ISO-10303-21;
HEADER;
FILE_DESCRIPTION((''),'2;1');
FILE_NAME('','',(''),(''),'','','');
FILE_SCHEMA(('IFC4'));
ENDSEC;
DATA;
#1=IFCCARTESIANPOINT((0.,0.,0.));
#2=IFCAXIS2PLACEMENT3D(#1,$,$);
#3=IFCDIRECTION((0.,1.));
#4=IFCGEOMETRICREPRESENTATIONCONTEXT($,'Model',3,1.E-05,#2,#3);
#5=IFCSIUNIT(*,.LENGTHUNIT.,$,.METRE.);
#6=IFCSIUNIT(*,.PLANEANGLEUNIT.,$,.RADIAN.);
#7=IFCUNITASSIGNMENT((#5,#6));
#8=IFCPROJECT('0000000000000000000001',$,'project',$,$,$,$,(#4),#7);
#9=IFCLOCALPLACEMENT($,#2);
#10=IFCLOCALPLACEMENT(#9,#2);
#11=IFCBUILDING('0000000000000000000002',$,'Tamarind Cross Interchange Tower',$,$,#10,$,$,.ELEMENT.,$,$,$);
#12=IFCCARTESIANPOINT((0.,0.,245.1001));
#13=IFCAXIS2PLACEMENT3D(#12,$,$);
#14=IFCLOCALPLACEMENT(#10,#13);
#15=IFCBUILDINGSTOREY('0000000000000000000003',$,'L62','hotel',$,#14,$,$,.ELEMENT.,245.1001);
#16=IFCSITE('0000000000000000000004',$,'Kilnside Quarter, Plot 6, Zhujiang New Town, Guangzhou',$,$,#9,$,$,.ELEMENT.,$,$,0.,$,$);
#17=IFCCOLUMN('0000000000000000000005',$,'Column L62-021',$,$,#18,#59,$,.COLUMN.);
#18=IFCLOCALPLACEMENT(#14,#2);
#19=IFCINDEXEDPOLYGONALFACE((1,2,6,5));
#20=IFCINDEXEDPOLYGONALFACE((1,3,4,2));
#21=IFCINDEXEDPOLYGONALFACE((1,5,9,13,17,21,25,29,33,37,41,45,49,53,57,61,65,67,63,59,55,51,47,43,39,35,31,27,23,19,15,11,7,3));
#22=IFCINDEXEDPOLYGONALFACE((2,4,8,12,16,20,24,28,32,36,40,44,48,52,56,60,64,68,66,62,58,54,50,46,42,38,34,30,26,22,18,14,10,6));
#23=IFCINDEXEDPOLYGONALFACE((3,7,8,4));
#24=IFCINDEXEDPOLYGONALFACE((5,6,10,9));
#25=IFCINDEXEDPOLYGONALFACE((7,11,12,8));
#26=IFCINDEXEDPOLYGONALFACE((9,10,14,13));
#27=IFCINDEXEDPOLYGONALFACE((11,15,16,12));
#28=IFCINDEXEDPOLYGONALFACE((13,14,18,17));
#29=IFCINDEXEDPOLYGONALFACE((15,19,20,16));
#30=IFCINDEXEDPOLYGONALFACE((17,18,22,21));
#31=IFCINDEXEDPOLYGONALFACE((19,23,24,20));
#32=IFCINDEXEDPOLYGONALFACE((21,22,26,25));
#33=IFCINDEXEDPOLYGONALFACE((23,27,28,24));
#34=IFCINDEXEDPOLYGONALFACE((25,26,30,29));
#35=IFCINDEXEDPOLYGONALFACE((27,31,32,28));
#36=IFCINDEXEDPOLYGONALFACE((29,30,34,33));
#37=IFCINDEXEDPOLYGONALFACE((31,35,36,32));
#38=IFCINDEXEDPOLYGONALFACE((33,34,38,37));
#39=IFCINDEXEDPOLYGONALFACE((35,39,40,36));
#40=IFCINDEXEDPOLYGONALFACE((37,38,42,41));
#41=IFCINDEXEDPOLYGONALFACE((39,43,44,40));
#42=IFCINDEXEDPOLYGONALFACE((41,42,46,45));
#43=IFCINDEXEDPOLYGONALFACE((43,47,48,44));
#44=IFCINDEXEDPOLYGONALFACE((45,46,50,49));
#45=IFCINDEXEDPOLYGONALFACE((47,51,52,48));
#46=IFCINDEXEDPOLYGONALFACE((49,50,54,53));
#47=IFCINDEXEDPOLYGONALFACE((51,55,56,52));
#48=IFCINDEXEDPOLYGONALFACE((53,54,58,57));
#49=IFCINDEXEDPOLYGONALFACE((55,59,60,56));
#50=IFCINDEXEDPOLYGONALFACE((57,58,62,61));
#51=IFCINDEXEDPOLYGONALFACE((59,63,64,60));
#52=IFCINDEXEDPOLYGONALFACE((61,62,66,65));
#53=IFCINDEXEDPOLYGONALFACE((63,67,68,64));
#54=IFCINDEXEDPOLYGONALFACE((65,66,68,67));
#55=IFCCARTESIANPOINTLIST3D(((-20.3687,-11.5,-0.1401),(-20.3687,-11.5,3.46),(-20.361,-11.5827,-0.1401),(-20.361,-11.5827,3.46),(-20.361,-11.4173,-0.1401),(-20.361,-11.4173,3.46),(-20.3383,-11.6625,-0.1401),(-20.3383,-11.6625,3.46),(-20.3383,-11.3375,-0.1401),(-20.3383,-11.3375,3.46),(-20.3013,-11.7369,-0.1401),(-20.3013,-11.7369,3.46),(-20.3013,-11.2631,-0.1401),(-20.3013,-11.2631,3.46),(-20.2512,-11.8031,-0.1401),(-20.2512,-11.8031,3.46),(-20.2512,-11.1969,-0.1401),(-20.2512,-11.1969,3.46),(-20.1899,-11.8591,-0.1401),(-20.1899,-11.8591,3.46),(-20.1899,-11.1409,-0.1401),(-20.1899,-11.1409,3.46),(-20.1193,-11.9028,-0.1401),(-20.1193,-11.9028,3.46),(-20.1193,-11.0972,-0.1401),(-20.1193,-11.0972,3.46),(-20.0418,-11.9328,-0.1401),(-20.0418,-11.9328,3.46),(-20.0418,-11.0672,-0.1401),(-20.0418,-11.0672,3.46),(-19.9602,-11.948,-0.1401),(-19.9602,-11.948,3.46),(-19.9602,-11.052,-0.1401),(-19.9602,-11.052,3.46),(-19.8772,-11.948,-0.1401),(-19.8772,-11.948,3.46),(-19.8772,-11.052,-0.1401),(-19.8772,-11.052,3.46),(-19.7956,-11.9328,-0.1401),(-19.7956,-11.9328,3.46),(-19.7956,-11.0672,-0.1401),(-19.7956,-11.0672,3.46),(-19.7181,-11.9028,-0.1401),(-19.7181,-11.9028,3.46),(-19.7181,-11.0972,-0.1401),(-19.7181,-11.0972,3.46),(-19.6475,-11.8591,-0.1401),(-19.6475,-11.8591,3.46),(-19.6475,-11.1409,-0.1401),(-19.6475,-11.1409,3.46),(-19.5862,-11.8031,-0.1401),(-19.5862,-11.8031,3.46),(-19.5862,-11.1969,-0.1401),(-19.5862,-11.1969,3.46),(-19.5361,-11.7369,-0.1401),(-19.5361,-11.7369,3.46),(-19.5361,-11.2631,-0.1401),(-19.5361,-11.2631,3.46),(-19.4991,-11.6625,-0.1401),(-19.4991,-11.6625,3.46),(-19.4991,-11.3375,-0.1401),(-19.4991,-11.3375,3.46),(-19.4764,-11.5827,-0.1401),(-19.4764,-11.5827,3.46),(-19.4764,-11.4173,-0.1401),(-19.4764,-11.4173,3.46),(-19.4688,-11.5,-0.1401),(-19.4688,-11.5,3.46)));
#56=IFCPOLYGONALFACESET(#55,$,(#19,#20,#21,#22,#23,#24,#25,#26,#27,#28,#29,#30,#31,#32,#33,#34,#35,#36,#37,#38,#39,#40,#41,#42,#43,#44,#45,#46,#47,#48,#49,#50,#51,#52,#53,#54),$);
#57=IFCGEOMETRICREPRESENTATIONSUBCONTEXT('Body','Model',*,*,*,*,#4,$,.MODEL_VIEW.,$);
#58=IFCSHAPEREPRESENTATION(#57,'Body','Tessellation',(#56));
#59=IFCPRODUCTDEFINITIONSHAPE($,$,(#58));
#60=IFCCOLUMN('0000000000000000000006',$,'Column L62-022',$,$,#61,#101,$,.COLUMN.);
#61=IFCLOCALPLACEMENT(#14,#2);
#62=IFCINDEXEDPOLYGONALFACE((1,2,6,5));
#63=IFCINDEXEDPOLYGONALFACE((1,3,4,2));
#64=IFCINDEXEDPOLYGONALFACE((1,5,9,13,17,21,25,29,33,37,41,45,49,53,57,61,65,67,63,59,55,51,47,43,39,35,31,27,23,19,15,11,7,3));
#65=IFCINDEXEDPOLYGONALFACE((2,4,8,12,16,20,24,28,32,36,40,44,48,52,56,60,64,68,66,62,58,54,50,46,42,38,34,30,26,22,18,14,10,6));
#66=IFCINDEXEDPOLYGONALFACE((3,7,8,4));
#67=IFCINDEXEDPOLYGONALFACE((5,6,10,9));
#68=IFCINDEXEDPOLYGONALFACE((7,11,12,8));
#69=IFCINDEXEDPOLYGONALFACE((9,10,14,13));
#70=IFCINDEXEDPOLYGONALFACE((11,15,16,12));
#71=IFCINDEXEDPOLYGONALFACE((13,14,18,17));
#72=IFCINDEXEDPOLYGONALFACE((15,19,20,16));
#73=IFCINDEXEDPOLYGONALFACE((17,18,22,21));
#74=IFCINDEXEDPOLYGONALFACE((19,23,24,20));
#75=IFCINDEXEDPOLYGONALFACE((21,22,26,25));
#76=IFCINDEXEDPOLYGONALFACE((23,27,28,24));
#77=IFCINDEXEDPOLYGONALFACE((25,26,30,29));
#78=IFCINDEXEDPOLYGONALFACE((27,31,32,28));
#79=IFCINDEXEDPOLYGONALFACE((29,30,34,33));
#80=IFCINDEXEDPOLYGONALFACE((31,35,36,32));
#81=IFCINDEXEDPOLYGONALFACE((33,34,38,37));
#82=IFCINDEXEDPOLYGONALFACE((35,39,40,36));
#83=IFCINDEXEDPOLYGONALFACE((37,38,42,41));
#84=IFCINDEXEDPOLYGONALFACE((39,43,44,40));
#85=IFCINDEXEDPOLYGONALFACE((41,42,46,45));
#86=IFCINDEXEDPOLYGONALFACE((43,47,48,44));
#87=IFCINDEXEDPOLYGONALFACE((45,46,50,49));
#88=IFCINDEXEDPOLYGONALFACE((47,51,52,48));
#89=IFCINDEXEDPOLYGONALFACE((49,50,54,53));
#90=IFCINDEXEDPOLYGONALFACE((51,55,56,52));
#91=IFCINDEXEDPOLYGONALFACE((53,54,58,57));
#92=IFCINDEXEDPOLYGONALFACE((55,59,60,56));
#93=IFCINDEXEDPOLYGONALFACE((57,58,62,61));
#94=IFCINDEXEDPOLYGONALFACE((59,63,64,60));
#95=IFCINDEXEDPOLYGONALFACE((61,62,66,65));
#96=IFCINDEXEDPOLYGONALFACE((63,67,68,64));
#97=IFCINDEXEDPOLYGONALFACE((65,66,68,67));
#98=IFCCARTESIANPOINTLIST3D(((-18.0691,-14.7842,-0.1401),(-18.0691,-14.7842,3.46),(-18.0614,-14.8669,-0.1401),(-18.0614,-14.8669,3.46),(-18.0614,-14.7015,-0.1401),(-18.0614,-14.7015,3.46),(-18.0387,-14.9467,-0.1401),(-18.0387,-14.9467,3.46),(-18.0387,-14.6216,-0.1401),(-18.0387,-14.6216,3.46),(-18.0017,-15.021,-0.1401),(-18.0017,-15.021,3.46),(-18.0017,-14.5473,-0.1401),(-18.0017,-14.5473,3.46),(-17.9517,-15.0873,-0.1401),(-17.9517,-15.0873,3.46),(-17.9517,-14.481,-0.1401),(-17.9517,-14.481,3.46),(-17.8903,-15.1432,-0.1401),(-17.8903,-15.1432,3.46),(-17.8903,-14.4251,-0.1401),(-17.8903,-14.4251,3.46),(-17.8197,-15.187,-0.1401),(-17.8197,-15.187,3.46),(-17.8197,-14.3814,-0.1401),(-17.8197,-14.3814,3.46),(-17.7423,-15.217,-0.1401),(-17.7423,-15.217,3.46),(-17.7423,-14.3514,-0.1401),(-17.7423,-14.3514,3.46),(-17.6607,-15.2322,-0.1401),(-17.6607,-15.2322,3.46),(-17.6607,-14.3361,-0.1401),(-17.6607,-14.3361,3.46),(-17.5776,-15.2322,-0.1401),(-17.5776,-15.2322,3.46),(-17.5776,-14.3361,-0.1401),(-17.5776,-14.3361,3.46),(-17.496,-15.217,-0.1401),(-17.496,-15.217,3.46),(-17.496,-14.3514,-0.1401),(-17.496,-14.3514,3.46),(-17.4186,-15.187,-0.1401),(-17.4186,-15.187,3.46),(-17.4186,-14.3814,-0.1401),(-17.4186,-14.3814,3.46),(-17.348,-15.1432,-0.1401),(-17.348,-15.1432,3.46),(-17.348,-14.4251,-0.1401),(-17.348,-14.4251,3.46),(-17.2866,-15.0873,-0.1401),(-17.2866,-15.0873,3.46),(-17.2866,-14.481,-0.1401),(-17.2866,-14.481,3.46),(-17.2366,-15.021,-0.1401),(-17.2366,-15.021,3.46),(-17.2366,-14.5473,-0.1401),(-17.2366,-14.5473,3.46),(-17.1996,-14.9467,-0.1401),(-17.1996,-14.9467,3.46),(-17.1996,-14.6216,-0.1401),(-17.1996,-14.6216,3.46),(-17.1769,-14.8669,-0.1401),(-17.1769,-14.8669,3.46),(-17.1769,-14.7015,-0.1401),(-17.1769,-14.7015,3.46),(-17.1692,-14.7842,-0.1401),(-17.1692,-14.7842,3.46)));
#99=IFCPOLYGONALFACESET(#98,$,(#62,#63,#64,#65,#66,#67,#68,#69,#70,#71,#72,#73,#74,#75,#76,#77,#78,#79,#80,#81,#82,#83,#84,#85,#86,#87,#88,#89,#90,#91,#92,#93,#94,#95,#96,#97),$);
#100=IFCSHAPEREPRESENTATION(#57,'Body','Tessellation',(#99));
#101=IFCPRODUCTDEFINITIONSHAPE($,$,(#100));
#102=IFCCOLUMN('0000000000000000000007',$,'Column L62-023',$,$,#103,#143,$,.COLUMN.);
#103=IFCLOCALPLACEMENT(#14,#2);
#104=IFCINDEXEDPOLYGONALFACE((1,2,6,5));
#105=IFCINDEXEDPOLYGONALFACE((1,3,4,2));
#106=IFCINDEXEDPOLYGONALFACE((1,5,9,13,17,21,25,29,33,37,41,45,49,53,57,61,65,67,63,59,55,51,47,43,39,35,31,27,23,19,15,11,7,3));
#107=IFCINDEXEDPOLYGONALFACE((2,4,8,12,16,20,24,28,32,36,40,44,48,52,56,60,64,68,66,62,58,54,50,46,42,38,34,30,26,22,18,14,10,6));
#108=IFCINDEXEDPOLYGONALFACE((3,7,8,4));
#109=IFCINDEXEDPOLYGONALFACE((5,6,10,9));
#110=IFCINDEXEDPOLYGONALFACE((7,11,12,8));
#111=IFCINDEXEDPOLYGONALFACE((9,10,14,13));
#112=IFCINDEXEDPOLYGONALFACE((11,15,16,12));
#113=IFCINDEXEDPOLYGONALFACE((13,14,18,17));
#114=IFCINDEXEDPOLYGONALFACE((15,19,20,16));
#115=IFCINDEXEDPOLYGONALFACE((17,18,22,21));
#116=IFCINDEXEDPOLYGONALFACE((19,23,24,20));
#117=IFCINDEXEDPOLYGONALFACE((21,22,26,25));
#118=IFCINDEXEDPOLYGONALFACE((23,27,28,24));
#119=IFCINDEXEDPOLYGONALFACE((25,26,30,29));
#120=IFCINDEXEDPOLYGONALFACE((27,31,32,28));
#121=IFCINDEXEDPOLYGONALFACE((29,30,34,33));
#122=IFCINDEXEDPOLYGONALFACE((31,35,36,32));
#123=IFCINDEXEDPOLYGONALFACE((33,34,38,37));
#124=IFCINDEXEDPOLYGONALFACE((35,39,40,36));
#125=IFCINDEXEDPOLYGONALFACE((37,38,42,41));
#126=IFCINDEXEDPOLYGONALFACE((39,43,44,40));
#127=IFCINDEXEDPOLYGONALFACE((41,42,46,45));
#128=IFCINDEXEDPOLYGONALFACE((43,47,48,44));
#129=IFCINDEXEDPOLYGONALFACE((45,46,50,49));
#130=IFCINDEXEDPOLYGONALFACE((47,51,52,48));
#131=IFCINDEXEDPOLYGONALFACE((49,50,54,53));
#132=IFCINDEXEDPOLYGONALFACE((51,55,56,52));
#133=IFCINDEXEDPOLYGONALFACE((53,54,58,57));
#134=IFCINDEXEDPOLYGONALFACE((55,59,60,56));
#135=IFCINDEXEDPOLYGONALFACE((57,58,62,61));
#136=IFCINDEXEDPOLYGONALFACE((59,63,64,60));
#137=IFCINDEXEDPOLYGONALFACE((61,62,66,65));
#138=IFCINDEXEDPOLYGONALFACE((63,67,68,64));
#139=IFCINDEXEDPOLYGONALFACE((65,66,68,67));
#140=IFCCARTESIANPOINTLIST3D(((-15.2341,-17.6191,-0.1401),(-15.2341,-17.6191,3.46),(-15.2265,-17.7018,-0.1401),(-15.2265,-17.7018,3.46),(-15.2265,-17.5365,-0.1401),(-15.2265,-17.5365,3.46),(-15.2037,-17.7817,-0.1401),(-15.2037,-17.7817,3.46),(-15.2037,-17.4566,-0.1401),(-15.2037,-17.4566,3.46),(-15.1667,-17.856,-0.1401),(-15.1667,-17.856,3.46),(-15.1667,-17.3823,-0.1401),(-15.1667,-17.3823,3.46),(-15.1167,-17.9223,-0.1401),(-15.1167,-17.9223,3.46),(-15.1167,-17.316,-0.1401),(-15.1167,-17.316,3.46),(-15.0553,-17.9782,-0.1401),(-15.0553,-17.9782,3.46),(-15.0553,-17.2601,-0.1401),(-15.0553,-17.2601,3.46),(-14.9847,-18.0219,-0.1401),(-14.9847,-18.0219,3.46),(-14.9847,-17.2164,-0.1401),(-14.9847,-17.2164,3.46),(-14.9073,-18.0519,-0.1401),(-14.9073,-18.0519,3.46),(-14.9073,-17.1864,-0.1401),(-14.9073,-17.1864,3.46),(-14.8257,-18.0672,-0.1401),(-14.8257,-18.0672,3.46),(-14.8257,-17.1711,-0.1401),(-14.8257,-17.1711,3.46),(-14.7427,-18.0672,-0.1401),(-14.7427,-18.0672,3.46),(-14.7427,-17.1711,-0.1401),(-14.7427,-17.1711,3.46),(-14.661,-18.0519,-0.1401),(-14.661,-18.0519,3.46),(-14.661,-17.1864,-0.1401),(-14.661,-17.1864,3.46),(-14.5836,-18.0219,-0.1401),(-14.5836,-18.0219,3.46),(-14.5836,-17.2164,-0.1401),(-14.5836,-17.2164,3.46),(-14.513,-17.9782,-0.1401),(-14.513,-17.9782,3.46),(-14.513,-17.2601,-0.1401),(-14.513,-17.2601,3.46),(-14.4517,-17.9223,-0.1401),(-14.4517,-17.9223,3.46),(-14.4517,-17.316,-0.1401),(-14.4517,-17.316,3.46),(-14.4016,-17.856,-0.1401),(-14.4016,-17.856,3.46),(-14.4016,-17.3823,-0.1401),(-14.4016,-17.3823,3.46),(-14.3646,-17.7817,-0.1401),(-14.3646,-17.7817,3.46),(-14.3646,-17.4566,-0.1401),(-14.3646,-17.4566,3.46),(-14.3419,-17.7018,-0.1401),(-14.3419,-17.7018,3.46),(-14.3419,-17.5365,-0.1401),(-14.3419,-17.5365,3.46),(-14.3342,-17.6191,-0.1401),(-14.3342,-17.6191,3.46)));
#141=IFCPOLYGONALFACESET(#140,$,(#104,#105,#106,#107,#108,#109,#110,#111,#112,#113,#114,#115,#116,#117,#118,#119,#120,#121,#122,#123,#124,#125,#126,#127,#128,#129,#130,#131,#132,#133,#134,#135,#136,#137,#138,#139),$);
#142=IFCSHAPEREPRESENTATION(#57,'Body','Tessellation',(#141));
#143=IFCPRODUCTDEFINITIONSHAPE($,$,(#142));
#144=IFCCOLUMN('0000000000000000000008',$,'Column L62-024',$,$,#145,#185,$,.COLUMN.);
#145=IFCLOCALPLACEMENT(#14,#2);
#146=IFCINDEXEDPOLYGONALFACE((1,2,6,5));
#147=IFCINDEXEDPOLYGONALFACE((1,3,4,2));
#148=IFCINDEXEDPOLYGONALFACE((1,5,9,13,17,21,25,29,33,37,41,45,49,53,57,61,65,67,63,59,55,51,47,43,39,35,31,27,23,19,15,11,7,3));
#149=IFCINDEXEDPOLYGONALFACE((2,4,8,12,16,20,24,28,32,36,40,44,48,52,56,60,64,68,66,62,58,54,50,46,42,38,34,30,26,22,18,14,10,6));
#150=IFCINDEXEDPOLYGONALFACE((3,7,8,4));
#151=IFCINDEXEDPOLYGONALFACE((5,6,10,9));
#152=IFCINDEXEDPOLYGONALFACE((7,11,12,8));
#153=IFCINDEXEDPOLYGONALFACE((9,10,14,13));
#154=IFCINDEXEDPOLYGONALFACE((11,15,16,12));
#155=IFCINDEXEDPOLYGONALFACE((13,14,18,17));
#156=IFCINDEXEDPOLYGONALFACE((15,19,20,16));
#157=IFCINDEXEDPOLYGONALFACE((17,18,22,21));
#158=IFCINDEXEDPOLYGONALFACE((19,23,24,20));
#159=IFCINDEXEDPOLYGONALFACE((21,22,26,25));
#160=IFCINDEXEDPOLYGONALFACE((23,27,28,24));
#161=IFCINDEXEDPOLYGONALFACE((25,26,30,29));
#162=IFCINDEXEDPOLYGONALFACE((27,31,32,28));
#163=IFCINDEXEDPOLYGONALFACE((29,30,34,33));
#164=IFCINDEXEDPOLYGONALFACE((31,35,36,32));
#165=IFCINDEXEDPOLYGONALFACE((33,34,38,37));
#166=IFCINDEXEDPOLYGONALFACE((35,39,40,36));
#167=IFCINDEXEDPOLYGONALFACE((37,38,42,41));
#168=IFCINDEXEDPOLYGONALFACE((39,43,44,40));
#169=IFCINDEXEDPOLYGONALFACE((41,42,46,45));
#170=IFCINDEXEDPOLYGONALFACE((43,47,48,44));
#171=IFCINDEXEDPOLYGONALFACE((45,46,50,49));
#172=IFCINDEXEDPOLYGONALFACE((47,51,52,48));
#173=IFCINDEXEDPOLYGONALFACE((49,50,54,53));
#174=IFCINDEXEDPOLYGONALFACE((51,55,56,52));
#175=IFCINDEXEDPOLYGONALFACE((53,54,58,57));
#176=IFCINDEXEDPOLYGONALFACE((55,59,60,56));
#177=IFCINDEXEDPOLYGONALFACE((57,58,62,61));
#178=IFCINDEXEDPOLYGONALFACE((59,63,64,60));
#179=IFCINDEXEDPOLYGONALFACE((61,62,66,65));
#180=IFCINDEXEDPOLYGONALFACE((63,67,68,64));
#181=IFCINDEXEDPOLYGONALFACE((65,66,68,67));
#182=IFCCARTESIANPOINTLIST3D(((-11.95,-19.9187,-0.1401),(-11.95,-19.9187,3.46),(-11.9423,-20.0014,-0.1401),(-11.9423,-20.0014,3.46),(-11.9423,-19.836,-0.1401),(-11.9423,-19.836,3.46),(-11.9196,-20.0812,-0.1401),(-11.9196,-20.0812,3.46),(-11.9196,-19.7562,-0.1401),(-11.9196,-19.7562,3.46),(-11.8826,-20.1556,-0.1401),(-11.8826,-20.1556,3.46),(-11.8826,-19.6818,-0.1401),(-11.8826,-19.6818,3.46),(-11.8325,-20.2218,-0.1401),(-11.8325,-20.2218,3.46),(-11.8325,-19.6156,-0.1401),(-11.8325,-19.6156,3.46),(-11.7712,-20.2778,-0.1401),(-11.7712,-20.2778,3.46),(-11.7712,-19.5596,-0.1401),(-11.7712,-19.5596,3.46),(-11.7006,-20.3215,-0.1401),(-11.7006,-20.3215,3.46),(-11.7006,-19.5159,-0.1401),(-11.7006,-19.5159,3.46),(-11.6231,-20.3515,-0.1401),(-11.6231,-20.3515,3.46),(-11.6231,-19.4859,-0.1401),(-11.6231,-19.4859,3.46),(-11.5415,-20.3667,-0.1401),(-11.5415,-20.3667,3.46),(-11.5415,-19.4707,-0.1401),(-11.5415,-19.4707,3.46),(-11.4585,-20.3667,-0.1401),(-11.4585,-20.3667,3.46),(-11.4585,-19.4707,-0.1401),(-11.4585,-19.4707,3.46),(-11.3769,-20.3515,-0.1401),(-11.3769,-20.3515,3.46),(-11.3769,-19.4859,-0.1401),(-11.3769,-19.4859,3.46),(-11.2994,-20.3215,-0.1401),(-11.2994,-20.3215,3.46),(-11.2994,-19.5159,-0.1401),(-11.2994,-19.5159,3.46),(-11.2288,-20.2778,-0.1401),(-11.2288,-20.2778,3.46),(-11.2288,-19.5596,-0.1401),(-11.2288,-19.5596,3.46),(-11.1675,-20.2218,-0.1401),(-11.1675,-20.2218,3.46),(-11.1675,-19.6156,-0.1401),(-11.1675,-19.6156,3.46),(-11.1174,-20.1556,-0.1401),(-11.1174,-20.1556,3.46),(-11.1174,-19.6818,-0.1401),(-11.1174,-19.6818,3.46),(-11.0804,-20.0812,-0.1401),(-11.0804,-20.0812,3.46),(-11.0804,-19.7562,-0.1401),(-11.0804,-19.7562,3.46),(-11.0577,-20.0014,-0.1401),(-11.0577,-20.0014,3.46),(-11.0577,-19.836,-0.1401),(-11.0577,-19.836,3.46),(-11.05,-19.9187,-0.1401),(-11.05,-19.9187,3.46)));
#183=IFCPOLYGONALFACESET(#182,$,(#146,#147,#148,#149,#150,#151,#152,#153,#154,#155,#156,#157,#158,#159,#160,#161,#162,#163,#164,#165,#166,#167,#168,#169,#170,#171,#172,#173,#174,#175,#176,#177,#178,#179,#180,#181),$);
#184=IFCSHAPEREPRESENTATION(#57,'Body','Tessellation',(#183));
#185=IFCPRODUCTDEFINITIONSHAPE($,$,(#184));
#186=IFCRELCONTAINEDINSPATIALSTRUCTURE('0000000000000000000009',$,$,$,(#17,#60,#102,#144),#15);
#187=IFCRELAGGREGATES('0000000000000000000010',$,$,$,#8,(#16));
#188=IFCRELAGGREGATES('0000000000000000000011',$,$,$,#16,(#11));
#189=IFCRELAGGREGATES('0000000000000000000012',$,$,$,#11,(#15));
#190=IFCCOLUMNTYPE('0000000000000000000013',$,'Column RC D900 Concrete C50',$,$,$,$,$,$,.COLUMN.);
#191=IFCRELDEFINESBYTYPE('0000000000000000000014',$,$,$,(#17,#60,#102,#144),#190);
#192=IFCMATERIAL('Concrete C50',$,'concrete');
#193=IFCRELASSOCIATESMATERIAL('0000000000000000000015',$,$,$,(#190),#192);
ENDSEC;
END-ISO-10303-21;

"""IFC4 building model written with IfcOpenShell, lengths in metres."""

from ifc_helpers import new_model, si_unit, direction, frame, origin, origin_2d, place, context, subcontext, project, spatial, circle, extrude, material, material_profile, profile_set, type_object, element, save


model = new_model("IFC4")

# Units and contexts
model_context = context("Model", 3, precision=1e-05, world=origin(), true_north=direction((0.0, 1.0)))
body_context = subcontext(model_context, "Body", "Model", "MODEL_VIEW")
ifc_project = project(units=[si_unit("LENGTHUNIT", "METRE"), si_unit("PLANEANGLEUNIT", "RADIAN")], contexts=[model_context])

# Site, building, storey
site_placement = place(None, origin())
site = spatial("IfcSite", under=ifc_project, at=site_placement, Name="Kilnside Quarter, Plot 6, Zhujiang New Town, Guangzhou", CompositionType="ELEMENT", RefElevation=0.0)
building_placement = place(site_placement, origin())
building = spatial("IfcBuilding", under=site, at=building_placement, Name="Tamarind Cross Interchange Tower", CompositionType="ELEMENT")
storey_placement = place(building_placement, frame((0.0, 0.0, 245.1001)))
storey = spatial("IfcBuildingStorey", under=building, at=storey_placement, Name="L62", Description="hotel", CompositionType="ELEMENT", Elevation=245.1001)

# Columns
ifc_material_1 = material(Name="Concrete C50", Category="concrete")
ifc_material_profile_1 = material_profile(ifc_material_1, circle(Radius=0.45, at=origin_2d()), Name="RC D900")
ifc_profile_set_1 = profile_set([ifc_material_profile_1], Name="Concrete C50")
column_type = type_object("IfcColumnType", Name="Column RC D900 Concrete C50", PredefinedType="COLUMN", material=ifc_profile_set_1)
for number, where, z_axis, x_axis, name in (
    (1, (-19.9187, -11.5, -0.1401), (0.0, 0.0, 1.0), (1.0, 0.0, 0.0), "Column L62-021"),
    (2, (-17.6191, -14.7842, -0.1401), (0.0, 0.0, 1.0), (1.0, 0.0, 0.0), "Column L62-022"),
    (3, (-14.7842, -17.6191, -0.1401), (0.0, 0.0, 1.0), (1.0, 0.0, 0.0), "Column L62-023"),
    (4, (-11.5, -19.9187, -0.1401), (0.0, 0.0, 1.0), (1.0, 0.0, 0.0), "Column L62-024"),
):
    element("IfcColumn", number, at=place(storey_placement, frame(where, z_axis=z_axis, x_axis=x_axis)), inside=storey, type_object=column_type, Name=name, PredefinedType="COLUMN", context=body_context, shape_type="SweptSolid", body=[
        extrude(circle(Radius=0.45, at=origin_2d()), origin(), (0.0, 0.0, 1.0), 3.6001),
    ])

save(model, "model.ifc")
